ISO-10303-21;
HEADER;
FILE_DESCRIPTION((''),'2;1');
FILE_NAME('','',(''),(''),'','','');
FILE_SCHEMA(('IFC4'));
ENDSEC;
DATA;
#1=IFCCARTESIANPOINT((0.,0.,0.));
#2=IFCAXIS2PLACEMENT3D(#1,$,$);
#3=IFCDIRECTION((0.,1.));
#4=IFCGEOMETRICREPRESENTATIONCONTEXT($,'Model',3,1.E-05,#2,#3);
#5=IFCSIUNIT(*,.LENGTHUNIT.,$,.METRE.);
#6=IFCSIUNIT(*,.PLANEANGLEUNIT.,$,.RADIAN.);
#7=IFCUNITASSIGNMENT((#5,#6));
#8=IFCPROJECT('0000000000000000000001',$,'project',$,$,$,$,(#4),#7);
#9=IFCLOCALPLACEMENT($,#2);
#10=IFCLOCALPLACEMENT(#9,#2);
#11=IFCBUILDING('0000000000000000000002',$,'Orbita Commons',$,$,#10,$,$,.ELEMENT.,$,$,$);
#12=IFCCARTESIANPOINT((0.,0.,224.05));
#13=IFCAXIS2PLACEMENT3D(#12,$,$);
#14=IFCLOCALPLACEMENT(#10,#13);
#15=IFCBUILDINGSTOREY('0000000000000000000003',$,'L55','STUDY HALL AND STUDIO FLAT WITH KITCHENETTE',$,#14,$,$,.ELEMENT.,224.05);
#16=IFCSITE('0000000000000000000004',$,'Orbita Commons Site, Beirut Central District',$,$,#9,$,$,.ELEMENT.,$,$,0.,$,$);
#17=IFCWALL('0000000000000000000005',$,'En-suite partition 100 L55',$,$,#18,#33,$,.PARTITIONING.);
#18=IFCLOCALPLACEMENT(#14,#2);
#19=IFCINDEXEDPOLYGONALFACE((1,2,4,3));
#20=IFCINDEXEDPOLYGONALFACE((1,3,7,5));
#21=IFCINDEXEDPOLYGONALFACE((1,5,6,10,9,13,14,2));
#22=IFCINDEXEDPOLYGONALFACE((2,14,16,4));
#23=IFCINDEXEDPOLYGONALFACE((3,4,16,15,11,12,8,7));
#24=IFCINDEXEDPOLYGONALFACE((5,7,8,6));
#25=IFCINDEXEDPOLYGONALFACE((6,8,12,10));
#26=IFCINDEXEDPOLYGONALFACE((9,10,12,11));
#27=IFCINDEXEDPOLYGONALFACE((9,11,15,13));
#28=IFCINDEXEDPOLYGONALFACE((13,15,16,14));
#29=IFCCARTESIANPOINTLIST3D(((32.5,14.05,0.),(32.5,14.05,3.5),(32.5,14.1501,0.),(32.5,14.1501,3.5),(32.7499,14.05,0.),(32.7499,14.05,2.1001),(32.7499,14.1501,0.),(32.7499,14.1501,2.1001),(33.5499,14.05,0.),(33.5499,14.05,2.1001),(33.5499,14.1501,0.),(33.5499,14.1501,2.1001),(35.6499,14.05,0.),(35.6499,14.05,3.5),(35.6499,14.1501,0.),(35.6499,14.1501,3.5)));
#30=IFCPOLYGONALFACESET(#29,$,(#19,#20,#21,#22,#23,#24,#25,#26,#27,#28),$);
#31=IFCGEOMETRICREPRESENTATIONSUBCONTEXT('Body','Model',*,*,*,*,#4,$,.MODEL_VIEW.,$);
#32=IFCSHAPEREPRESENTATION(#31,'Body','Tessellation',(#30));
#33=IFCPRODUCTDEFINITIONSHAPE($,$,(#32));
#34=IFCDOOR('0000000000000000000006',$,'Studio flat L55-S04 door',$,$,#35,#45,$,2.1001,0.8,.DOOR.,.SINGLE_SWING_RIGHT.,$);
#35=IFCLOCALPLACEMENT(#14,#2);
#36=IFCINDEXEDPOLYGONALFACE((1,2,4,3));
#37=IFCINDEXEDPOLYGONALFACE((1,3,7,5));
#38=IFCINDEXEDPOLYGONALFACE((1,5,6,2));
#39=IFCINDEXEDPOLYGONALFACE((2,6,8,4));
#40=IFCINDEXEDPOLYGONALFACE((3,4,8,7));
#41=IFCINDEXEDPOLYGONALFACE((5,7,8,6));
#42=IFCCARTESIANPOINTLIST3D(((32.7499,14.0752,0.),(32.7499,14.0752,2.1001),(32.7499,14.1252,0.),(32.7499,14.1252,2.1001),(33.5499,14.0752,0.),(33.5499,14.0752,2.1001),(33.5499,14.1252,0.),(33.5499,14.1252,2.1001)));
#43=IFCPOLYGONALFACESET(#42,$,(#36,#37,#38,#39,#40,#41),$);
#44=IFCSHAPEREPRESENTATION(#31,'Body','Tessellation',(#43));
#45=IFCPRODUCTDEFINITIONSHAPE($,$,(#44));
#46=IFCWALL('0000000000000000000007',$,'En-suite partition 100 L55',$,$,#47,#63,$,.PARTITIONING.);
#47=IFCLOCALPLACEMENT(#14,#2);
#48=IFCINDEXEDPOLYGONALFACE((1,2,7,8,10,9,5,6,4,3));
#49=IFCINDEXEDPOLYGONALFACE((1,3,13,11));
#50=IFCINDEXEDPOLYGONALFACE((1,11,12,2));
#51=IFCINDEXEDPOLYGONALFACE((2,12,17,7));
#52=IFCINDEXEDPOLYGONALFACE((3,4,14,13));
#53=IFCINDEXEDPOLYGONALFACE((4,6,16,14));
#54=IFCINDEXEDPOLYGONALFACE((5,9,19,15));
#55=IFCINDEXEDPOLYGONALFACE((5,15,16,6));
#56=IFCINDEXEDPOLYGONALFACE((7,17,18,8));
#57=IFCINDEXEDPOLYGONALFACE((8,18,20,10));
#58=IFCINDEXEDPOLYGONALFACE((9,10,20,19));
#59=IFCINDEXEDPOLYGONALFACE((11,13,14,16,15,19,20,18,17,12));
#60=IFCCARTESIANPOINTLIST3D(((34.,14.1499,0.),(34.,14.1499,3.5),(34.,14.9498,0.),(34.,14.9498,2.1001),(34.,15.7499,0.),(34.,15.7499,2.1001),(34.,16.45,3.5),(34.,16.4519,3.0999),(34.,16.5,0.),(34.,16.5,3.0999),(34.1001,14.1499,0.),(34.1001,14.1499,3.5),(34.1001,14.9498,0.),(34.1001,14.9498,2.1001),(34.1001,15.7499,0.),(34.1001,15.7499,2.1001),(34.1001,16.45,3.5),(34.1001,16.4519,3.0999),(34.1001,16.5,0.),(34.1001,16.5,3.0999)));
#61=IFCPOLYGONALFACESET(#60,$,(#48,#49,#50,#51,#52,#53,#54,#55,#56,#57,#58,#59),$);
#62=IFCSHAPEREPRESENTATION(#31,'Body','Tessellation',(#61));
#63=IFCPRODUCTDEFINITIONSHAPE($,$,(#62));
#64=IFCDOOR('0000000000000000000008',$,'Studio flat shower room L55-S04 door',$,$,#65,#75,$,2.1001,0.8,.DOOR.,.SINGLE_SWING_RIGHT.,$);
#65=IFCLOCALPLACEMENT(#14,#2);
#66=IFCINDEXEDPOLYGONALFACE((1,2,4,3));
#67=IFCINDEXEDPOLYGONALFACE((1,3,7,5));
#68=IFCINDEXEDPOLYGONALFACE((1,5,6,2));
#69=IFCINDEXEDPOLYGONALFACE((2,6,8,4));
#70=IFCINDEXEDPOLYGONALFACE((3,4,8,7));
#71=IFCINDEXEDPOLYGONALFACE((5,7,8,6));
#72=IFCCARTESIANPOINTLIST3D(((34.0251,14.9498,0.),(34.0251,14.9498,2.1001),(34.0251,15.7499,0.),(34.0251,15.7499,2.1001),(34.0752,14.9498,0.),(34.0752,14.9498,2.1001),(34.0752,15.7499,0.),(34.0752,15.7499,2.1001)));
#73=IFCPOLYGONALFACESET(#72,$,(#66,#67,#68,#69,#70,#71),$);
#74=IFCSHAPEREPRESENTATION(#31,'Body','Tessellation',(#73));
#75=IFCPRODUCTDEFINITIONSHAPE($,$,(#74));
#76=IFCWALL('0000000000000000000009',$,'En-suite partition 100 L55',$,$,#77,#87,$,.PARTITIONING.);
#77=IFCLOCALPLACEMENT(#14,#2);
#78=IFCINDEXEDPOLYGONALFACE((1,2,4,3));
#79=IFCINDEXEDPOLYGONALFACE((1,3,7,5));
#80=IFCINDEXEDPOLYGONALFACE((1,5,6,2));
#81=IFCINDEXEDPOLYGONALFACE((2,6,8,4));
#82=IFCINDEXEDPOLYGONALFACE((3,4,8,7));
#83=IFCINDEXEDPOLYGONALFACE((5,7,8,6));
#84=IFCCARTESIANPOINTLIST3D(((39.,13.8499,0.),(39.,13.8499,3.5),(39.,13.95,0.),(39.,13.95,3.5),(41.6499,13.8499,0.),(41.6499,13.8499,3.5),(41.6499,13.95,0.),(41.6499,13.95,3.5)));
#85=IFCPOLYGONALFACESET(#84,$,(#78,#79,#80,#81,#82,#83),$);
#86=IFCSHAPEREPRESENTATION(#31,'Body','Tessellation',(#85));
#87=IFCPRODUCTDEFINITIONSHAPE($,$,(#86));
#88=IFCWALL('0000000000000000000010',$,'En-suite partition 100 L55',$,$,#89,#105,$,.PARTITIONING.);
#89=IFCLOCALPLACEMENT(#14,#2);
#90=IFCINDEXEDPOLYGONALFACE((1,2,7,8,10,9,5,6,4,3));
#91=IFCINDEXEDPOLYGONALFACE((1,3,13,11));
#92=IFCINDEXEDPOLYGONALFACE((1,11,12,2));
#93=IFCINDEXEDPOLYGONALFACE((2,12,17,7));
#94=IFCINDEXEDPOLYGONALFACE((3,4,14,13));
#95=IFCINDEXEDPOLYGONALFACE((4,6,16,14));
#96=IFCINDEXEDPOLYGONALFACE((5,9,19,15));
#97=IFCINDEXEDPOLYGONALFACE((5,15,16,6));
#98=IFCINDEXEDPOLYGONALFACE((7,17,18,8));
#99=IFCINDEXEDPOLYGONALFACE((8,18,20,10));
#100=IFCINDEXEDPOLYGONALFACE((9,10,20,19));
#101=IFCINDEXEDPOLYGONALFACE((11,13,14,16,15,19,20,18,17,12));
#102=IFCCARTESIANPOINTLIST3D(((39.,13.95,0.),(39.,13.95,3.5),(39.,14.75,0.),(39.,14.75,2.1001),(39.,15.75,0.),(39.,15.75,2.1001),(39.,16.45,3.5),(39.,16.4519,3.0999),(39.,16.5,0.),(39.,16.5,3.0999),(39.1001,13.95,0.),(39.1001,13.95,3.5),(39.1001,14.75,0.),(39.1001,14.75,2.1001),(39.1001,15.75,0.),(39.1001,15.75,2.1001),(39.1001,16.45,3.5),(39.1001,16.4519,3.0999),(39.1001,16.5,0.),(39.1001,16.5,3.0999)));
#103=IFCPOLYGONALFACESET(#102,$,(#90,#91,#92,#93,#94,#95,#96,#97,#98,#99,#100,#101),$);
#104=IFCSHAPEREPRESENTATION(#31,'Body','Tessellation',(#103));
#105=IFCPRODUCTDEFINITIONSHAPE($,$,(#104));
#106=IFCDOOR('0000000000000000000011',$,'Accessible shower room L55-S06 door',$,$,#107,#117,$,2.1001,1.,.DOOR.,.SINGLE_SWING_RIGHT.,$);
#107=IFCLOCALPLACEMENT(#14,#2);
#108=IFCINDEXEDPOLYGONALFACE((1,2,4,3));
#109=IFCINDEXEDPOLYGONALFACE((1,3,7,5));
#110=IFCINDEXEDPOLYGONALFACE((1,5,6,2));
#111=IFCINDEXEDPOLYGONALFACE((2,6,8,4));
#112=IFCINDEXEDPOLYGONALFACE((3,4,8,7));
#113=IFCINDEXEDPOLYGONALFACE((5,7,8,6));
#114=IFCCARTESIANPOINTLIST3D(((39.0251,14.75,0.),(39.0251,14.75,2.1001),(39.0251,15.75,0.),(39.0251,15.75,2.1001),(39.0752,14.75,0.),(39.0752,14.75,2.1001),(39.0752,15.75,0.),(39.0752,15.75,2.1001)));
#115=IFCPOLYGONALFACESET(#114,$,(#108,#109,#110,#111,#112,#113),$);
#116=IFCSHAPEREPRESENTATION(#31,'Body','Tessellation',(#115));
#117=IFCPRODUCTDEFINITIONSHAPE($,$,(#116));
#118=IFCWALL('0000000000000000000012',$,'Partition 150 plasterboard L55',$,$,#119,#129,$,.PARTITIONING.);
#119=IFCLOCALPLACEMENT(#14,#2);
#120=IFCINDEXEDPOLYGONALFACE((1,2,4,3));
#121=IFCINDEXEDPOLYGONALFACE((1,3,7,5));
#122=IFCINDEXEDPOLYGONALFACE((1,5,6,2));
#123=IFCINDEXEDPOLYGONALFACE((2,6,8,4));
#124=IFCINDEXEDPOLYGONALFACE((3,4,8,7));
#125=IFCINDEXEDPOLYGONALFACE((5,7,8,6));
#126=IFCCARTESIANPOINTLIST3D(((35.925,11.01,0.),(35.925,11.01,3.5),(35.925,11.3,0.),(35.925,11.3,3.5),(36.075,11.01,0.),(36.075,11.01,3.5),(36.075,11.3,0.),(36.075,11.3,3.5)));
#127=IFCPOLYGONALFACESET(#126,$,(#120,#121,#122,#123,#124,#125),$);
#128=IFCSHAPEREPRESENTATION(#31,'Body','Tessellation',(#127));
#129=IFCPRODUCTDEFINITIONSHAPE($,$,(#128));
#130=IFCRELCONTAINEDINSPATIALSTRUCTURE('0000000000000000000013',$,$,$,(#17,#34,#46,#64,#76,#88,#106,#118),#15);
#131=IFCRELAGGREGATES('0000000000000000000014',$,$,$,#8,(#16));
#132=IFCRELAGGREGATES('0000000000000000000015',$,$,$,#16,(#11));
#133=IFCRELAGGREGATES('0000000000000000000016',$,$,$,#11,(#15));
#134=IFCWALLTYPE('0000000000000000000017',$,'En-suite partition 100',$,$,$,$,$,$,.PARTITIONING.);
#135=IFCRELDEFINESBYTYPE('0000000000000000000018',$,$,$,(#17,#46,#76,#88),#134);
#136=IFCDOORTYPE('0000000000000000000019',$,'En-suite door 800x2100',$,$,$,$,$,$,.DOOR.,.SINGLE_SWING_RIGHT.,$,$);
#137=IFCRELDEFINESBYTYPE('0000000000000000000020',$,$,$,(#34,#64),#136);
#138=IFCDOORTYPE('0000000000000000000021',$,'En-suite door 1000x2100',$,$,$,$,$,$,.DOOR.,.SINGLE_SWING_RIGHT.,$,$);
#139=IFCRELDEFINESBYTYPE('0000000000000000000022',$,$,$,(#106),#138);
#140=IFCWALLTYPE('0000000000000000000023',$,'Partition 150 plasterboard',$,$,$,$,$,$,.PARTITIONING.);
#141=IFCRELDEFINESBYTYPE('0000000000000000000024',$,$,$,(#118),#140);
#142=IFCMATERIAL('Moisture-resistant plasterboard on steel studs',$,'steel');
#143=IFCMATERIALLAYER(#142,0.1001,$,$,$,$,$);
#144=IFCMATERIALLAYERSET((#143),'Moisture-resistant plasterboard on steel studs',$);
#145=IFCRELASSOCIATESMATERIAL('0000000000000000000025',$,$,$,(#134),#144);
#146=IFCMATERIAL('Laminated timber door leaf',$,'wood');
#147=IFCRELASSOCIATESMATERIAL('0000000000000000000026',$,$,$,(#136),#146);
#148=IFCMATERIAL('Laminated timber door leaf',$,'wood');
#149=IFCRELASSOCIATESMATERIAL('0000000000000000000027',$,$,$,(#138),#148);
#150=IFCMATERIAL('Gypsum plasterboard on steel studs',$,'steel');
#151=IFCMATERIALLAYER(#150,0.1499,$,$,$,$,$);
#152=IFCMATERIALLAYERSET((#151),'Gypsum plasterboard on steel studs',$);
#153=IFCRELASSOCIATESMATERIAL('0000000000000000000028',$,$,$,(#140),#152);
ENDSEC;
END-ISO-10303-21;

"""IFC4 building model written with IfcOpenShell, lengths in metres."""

from ifc_helpers import new_model, si_unit, direction, frame, frame_2d, origin, place, context, subcontext, project, spatial, polyline, rectangle, outline, extrude, material, layer, layer_set, type_object, element, fill, save


model = new_model("IFC4")

# Units and contexts
model_context = context("Model", 3, precision=1e-05, world=origin(), true_north=direction((0.0, 1.0)))
body_context = subcontext(model_context, "Body", "Model", "MODEL_VIEW")
ifc_project = project(units=[si_unit("LENGTHUNIT", "METRE"), si_unit("PLANEANGLEUNIT", "RADIAN")], contexts=[model_context])

# Site, building, storey
site_placement = place(None, origin())
site = spatial("IfcSite", under=ifc_project, at=site_placement, Name="Orbita Commons Site, Beirut Central District", CompositionType="ELEMENT", RefElevation=0.0)
building_placement = place(site_placement, origin())
building = spatial("IfcBuilding", under=site, at=building_placement, Name="Orbita Commons", CompositionType="ELEMENT")
storey_placement = place(building_placement, frame((0.0, 0.0, 224.05)))
storey = spatial("IfcBuildingStorey", under=building, at=storey_placement, Name="L55", Description="STUDY HALL AND STUDIO FLAT WITH KITCHENETTE", CompositionType="ELEMENT", Elevation=224.05)

# Walls, openings, doors
ifc_material_1 = material(Name="Moisture-resistant plasterboard on steel studs", Category="steel")
ifc_layer_1 = layer(ifc_material_1, 0.1001)
ifc_layer_set_1 = layer_set([ifc_layer_1], Name="Moisture-resistant plasterboard on steel studs")
wall_type_1 = type_object("IfcWallType", Name="En-suite partition 100", PredefinedType="PARTITIONING", material=ifc_layer_set_1)
wall_1_placement = place(storey_placement, frame((35.6499, 14.1001, 0.0), z_axis=(0.0, 0.0, 1.0), x_axis=(-1.0, 0.0, 0.0)))
wall_1 = element("IfcWall", 1, at=wall_1_placement, inside=storey, type_object=wall_type_1, Name="En-suite partition 100 L55", PredefinedType="PARTITIONING", context=body_context, shape_type="SweptSolid", body=[
    extrude(rectangle(XDim=3.1499, YDim=0.1001, at=frame_2d((1.575, 0.0))), origin(), (0.0, 0.0, 1.0), 3.5),
])
opening_1_placement = place(wall_1_placement, frame((2.1001, 0.0, 0.0)))
opening_1 = element("IfcOpeningElement", 2, at=opening_1_placement, cuts=wall_1, PredefinedType="OPENING", context=body_context, shape_type="SweptSolid", body=[
    extrude(rectangle(XDim=0.8, YDim=2.1001, at=frame_2d((0.3999, 1.05))), frame((0.0, 0.0601, 0.0), z_axis=(0.0, -1.0, 0.0), x_axis=(1.0, 0.0, 0.0)), (0.0, 0.0, 1.0), 0.1201),
])
ifc_material_2 = material(Name="Laminated timber door leaf", Category="wood")
door_type_1 = type_object("IfcDoorType", Name="En-suite door 800x2100", OperationType="SINGLE_SWING_RIGHT", PredefinedType="DOOR", material=ifc_material_2)
door_1_placement = place(opening_1_placement, origin())
door_1 = element("IfcDoor", 3, at=door_1_placement, inside=storey, type_object=door_type_1, Name="Studio flat L55-S04 door", OperationType="SINGLE_SWING_RIGHT", OverallHeight=2.1001, OverallWidth=0.8, PredefinedType="DOOR", context=body_context, shape_type="SweptSolid", body=[
    extrude(rectangle(XDim=0.8, YDim=2.1001, at=frame_2d((0.3999, 1.05))), frame((0.0, 0.0249, 0.0), z_axis=(0.0, -1.0, 0.0), x_axis=(1.0, 0.0, 0.0)), (0.0, 0.0, 1.0), 0.05),
])
fill(opening_1, door_1)
wall_2_placement = place(storey_placement, frame((34.05, 14.1499, 0.0), z_axis=(0.0, 0.0, 1.0), x_axis=(0.0, 1.0, 0.0)))
wall_2 = element("IfcWall", 4, at=wall_2_placement, inside=storey, type_object=wall_type_1, Name="En-suite partition 100 L55", PredefinedType="PARTITIONING", context=body_context, shape_type="SweptSolid", body=[
    extrude(outline(polyline([(0.0, 0.0), (2.3501, 0.0), (2.3501, 3.0999), (2.302, 3.0999), (2.3, 3.5), (0.0, 3.5), (0.0, 0.0)])), frame((0.0, 0.05, 0.0), z_axis=(0.0, -1.0, 0.0), x_axis=(1.0, 0.0, 0.0)), (0.0, 0.0, 1.0), 0.1001),
])
opening_2_placement = place(wall_2_placement, frame((0.8, 0.0, 0.0)))
opening_2 = element("IfcOpeningElement", 5, at=opening_2_placement, cuts=wall_2, PredefinedType="OPENING", context=body_context, shape_type="SweptSolid", body=[
    extrude(rectangle(XDim=0.8, YDim=2.1001, at=frame_2d((0.3999, 1.05))), frame((0.0, 0.0601, 0.0), z_axis=(0.0, -1.0, 0.0), x_axis=(1.0, 0.0, 0.0)), (0.0, 0.0, 1.0), 0.1201),
])
door_2_placement = place(opening_2_placement, origin())
door_2 = element("IfcDoor", 6, at=door_2_placement, inside=storey, type_object=door_type_1, Name="Studio flat shower room L55-S04 door", OperationType="SINGLE_SWING_RIGHT", OverallHeight=2.1001, OverallWidth=0.8, PredefinedType="DOOR", context=body_context, shape_type="SweptSolid", body=[
    extrude(rectangle(XDim=0.8, YDim=2.1001, at=frame_2d((0.3999, 1.05))), frame((0.0, 0.0249, 0.0), z_axis=(0.0, -1.0, 0.0), x_axis=(1.0, 0.0, 0.0)), (0.0, 0.0, 1.0), 0.05),
])
fill(opening_2, door_2)

# Wall
wall_3_placement = place(storey_placement, frame((39.0, 13.8999, 0.0), z_axis=(0.0, 0.0, 1.0), x_axis=(1.0, 0.0, 0.0)))
element("IfcWall", 7, at=wall_3_placement, inside=storey, type_object=wall_type_1, Name="En-suite partition 100 L55", PredefinedType="PARTITIONING", context=body_context, shape_type="SweptSolid", body=[
    extrude(rectangle(XDim=2.6499, YDim=0.1001, at=frame_2d((1.325, 0.0))), origin(), (0.0, 0.0, 1.0), 3.5),
])

# Wall, opening, door
wall_4_placement = place(storey_placement, frame((39.05, 13.95, 0.0), z_axis=(0.0, 0.0, 1.0), x_axis=(0.0, 1.0, 0.0)))
wall_4 = element("IfcWall", 8, at=wall_4_placement, inside=storey, type_object=wall_type_1, Name="En-suite partition 100 L55", PredefinedType="PARTITIONING", context=body_context, shape_type="SweptSolid", body=[
    extrude(outline(polyline([(0.0, 0.0), (2.55, 0.0), (2.55, 3.0999), (2.502, 3.0999), (2.5, 3.5), (0.0, 3.5), (0.0, 0.0)])), frame((0.0, 0.05, 0.0), z_axis=(0.0, -1.0, 0.0), x_axis=(1.0, 0.0, 0.0)), (0.0, 0.0, 1.0), 0.1001),
])
opening_3_placement = place(wall_4_placement, frame((0.8, 0.0, 0.0)))
opening_3 = element("IfcOpeningElement", 9, at=opening_3_placement, cuts=wall_4, PredefinedType="OPENING", context=body_context, shape_type="SweptSolid", body=[
    extrude(rectangle(XDim=1.0, YDim=2.1001, at=frame_2d((0.5, 1.05))), frame((0.0, 0.0601, 0.0), z_axis=(0.0, -1.0, 0.0), x_axis=(1.0, 0.0, 0.0)), (0.0, 0.0, 1.0), 0.1201),
])
ifc_material_3 = material(Name="Laminated timber door leaf", Category="wood")
door_type_2 = type_object("IfcDoorType", Name="En-suite door 1000x2100", OperationType="SINGLE_SWING_RIGHT", PredefinedType="DOOR", material=ifc_material_3)
door_3_placement = place(opening_3_placement, origin())
door_3 = element("IfcDoor", 10, at=door_3_placement, inside=storey, type_object=door_type_2, Name="Accessible shower room L55-S06 door", OperationType="SINGLE_SWING_RIGHT", OverallHeight=2.1001, OverallWidth=1.0, PredefinedType="DOOR", context=body_context, shape_type="SweptSolid", body=[
    extrude(rectangle(XDim=1.0, YDim=2.1001, at=frame_2d((0.5, 1.05))), frame((0.0, 0.0249, 0.0), z_axis=(0.0, -1.0, 0.0), x_axis=(1.0, 0.0, 0.0)), (0.0, 0.0, 1.0), 0.05),
])
fill(opening_3, door_3)

# Wall
ifc_material_4 = material(Name="Gypsum plasterboard on steel studs", Category="steel")
ifc_layer_2 = layer(ifc_material_4, 0.1499)
ifc_layer_set_2 = layer_set([ifc_layer_2], Name="Gypsum plasterboard on steel studs")
wall_type_2 = type_object("IfcWallType", Name="Partition 150 plasterboard", PredefinedType="PARTITIONING", material=ifc_layer_set_2)
wall_5_placement = place(storey_placement, frame((36.0, 11.3, 0.0), z_axis=(0.0, 0.0, 1.0), x_axis=(0.0, -1.0, 0.0)))
element("IfcWall", 11, at=wall_5_placement, inside=storey, type_object=wall_type_2, Name="Partition 150 plasterboard L55", PredefinedType="PARTITIONING", context=body_context, shape_type="SweptSolid", body=[
    extrude(rectangle(XDim=0.29, YDim=0.1499, at=frame_2d((0.145, 0.0))), origin(), (0.0, 0.0, 1.0), 3.5),
])

save(model, "model.ifc")
